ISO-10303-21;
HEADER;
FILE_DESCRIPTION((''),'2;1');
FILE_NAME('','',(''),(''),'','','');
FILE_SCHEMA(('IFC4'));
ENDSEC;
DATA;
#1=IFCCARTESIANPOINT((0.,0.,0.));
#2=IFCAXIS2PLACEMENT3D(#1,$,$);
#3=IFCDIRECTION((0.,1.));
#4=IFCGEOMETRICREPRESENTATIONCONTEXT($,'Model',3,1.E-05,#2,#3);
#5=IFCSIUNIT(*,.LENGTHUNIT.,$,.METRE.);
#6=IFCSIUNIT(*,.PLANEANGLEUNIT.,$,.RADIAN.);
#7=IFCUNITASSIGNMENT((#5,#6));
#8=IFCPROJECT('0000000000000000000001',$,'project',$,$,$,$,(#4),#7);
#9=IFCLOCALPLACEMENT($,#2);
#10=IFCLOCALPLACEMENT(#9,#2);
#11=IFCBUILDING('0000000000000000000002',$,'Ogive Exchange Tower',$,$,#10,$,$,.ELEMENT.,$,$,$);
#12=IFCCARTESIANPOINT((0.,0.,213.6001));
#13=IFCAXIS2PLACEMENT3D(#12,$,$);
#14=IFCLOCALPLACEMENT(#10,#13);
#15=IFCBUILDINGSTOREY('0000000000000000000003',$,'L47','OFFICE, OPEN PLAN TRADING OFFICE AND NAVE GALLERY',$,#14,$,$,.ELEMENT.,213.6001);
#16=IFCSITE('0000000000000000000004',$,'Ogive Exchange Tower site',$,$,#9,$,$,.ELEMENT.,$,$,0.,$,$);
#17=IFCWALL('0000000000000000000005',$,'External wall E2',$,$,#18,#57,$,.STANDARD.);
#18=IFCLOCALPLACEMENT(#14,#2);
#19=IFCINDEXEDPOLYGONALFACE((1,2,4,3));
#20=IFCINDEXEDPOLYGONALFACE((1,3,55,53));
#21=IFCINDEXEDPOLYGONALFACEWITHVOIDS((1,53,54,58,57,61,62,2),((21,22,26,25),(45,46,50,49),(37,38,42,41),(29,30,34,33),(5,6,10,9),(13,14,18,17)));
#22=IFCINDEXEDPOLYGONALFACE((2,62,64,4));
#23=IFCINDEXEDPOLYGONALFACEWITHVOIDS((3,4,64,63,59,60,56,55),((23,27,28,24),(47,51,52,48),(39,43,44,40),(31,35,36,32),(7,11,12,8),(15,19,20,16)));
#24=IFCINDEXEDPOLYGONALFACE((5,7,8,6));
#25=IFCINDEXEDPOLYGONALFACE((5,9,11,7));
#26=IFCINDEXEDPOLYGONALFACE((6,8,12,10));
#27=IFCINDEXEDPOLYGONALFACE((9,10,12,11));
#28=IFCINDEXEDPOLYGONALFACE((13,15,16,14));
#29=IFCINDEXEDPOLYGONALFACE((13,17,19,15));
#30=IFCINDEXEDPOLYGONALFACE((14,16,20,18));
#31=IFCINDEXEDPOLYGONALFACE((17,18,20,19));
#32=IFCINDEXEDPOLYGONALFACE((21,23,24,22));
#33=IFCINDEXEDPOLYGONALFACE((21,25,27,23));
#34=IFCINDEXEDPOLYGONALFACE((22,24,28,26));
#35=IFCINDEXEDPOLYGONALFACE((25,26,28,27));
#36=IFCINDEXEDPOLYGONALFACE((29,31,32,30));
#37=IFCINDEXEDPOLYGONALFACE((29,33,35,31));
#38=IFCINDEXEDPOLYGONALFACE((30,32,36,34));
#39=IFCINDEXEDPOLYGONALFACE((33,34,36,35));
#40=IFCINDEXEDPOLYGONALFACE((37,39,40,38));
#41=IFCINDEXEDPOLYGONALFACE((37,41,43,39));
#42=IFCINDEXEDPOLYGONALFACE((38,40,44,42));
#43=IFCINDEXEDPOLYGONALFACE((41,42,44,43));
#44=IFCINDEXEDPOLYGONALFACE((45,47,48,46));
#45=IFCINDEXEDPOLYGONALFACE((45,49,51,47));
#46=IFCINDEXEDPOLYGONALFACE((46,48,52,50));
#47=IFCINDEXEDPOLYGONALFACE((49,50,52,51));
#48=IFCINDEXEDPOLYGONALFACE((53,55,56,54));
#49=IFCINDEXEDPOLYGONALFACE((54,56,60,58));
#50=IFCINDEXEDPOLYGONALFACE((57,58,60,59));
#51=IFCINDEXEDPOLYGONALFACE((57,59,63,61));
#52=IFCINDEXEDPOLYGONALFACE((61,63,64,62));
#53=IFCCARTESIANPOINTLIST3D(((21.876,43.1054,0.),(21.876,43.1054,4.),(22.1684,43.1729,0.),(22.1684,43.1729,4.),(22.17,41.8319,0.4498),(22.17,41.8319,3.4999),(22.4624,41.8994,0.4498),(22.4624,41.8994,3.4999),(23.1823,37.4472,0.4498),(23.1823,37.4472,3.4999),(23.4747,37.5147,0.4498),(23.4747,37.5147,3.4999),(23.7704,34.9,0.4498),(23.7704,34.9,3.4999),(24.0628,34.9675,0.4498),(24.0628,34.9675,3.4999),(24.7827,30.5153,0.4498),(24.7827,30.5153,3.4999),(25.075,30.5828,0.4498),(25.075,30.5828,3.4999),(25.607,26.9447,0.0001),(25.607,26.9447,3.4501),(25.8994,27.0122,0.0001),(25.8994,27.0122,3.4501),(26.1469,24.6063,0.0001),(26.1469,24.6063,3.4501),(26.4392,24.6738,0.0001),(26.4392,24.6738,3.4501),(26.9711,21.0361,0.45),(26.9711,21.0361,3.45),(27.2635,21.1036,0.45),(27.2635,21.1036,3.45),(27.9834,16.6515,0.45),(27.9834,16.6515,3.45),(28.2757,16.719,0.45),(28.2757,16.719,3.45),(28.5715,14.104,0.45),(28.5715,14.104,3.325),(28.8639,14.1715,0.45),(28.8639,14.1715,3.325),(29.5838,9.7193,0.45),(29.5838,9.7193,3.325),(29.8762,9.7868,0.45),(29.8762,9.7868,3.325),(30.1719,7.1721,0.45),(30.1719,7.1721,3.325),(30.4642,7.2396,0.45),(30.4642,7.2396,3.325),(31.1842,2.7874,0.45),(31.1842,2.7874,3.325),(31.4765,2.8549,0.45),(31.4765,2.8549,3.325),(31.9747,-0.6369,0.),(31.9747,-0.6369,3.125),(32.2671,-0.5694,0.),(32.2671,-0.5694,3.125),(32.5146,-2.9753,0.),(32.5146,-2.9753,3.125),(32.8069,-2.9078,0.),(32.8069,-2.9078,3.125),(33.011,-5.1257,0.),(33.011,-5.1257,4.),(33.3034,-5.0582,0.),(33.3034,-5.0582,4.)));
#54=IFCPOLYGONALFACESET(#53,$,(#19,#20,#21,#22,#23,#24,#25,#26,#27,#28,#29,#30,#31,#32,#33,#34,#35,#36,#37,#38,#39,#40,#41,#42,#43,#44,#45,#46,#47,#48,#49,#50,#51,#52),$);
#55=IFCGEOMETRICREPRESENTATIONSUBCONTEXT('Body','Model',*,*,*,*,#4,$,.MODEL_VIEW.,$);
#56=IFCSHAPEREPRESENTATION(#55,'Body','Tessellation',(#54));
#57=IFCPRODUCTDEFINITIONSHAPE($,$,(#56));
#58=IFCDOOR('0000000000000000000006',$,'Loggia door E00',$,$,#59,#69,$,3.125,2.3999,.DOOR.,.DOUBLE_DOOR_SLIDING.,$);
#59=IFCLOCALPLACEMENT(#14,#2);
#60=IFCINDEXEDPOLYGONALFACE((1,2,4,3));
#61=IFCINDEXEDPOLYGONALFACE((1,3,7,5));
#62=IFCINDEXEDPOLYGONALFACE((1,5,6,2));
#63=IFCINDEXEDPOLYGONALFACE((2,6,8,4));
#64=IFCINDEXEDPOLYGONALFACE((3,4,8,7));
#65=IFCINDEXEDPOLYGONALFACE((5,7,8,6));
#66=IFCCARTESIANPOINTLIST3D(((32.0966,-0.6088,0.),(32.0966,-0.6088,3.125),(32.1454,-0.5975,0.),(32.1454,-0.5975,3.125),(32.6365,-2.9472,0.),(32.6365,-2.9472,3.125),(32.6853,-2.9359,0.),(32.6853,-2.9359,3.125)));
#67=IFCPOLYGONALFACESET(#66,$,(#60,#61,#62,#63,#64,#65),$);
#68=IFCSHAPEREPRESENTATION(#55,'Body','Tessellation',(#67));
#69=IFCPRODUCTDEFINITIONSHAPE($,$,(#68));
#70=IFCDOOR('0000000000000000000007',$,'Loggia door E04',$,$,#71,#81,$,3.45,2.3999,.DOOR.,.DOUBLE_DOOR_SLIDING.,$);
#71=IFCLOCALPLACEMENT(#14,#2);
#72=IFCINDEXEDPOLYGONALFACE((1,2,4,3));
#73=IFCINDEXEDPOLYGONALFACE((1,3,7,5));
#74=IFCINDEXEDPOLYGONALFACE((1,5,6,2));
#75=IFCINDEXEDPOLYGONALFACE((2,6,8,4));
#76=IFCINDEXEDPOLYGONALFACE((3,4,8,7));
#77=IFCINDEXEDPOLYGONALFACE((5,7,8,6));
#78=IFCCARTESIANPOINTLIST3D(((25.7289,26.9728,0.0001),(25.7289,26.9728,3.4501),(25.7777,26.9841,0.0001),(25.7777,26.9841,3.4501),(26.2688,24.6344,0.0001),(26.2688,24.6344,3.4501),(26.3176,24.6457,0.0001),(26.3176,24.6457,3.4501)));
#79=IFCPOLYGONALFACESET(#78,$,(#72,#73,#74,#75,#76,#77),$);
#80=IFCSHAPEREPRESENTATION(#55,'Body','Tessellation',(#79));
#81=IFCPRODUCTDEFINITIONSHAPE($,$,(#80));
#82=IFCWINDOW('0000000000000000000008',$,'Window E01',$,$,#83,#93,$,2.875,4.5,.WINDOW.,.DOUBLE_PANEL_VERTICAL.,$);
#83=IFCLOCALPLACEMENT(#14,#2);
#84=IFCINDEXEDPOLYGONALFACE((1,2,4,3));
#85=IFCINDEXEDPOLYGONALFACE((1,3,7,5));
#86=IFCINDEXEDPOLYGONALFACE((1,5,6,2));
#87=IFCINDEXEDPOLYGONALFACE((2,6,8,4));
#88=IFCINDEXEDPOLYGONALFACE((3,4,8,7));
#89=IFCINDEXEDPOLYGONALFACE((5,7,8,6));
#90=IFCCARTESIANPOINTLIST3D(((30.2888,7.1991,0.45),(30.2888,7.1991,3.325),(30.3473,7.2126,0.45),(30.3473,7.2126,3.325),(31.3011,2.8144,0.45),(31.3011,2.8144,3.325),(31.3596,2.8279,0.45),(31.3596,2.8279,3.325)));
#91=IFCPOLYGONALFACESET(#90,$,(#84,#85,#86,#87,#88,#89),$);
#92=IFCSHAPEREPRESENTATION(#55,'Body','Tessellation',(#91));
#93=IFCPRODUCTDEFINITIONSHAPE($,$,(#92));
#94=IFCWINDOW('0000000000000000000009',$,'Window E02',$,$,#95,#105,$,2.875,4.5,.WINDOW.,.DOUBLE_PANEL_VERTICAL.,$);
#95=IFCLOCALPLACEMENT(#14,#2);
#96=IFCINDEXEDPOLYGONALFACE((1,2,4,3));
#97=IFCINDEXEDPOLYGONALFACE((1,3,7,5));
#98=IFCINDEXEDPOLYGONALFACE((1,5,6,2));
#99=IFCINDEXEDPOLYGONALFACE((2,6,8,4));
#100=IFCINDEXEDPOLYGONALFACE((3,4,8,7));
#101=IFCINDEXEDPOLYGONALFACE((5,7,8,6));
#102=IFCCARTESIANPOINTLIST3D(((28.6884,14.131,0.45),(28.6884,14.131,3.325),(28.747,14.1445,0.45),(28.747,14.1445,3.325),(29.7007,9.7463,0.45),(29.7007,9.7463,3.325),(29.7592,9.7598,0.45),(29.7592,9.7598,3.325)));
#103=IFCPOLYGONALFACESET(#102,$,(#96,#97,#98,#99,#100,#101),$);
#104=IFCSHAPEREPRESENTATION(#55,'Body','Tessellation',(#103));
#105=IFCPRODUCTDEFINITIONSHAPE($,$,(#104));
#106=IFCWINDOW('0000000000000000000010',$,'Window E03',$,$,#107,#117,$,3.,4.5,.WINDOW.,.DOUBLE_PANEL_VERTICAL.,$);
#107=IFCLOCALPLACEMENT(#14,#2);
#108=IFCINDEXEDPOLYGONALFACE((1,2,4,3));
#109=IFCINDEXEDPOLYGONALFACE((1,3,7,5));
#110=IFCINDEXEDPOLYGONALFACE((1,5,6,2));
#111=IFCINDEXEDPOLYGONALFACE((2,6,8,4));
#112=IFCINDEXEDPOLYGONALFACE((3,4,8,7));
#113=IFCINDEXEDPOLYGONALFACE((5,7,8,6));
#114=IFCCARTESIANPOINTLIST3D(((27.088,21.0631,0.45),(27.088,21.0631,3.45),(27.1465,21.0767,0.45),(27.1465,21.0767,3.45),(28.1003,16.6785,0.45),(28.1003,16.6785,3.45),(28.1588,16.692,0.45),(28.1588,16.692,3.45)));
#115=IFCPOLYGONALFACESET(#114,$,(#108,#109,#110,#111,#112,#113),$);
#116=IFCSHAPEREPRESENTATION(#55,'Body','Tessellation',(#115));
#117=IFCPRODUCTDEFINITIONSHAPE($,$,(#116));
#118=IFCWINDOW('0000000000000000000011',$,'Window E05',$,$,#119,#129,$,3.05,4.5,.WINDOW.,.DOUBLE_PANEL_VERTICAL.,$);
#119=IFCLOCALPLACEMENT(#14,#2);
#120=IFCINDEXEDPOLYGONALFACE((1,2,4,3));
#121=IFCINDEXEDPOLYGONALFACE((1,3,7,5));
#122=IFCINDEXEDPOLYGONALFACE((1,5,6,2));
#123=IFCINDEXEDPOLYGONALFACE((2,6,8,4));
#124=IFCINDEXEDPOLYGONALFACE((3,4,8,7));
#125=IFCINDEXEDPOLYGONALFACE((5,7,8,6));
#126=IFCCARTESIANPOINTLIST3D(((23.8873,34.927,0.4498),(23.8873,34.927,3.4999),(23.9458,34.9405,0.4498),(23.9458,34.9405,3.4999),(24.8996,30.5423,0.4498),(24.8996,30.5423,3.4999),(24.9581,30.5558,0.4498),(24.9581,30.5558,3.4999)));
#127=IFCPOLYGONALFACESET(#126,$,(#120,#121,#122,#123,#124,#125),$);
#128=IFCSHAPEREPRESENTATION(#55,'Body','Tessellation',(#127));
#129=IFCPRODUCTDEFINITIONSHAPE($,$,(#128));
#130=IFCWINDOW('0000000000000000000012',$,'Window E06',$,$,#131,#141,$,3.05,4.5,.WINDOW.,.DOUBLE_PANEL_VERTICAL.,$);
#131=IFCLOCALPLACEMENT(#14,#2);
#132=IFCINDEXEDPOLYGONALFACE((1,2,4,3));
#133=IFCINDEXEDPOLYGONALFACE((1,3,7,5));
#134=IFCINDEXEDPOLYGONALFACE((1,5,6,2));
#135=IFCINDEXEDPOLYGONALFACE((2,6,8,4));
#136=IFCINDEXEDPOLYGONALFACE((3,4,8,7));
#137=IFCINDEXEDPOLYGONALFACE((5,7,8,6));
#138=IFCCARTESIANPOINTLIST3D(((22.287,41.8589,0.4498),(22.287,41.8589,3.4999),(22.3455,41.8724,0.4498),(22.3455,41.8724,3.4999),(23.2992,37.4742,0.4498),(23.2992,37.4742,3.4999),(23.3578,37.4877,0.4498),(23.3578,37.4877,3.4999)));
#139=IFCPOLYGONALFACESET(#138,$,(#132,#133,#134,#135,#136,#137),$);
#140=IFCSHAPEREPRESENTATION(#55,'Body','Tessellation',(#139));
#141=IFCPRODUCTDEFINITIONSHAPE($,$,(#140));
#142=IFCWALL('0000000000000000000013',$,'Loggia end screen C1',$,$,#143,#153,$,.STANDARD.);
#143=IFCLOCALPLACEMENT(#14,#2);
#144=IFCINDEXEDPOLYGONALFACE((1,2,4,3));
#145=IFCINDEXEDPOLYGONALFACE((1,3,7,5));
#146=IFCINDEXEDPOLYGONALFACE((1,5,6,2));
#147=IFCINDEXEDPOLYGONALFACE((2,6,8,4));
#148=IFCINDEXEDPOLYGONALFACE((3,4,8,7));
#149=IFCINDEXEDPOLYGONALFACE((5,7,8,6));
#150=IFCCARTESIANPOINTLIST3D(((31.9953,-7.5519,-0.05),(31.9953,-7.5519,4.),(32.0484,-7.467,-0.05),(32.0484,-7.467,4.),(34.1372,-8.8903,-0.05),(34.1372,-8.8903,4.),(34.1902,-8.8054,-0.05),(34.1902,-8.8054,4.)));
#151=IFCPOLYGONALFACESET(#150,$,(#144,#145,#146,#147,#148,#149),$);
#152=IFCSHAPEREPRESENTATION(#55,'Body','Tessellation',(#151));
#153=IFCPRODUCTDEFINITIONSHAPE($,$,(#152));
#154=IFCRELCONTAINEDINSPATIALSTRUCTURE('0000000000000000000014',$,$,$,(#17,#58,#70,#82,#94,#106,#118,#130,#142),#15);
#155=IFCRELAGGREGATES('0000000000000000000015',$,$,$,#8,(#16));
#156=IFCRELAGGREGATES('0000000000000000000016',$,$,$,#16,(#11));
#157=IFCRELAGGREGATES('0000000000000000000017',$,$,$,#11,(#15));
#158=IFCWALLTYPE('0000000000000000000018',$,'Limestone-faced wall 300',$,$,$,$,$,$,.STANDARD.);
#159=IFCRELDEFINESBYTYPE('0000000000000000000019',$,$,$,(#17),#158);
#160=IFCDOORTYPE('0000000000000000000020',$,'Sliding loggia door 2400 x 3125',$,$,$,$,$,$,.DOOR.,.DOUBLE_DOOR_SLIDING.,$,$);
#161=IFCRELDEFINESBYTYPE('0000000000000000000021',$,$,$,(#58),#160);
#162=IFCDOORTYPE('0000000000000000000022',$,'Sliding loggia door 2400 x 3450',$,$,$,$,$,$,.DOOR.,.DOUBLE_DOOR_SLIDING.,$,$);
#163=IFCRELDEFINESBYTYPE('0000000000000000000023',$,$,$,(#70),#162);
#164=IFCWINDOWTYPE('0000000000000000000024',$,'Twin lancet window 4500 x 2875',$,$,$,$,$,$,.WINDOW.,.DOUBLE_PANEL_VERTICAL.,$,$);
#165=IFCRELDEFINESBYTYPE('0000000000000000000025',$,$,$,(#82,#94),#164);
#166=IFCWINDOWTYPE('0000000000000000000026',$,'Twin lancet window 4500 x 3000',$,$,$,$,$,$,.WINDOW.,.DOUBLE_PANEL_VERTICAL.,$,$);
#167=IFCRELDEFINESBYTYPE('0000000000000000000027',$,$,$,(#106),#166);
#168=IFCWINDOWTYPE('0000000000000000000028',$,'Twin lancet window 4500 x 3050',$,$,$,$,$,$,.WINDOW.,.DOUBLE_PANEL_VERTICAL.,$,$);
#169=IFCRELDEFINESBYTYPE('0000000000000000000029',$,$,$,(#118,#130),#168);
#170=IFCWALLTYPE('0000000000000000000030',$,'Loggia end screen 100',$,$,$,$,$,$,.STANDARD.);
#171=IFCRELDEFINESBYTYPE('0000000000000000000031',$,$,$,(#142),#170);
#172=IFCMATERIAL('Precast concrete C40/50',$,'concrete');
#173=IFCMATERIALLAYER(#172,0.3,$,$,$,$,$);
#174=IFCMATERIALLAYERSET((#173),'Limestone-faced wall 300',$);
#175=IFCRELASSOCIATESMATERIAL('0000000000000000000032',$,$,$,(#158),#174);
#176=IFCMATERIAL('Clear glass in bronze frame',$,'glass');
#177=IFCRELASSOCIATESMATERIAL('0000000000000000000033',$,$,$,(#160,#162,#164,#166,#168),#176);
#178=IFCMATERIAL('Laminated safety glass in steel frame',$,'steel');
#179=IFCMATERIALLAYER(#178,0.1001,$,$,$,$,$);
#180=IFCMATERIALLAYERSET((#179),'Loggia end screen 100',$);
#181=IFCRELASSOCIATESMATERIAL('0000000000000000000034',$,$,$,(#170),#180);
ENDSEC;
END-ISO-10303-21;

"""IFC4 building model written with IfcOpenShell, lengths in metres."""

from ifc_helpers import new_model, si_unit, direction, frame, frame_2d, origin, place, context, subcontext, project, spatial, rectangle, extrude, material, layer, layer_set, type_object, element, fill, save


model = new_model("IFC4")

# Units and contexts
model_context = context("Model", 3, precision=1e-05, world=origin(), true_north=direction((0.0, 1.0)))
body_context = subcontext(model_context, "Body", "Model", "MODEL_VIEW")
ifc_project = project(units=[si_unit("LENGTHUNIT", "METRE"), si_unit("PLANEANGLEUNIT", "RADIAN")], contexts=[model_context])

# Site, building, storey
site_placement = place(None, origin())
site = spatial("IfcSite", under=ifc_project, at=site_placement, Name="Ogive Exchange Tower site", CompositionType="ELEMENT", RefElevation=0.0)
building_placement = place(site_placement, origin())
building = spatial("IfcBuilding", under=site, at=building_placement, Name="Ogive Exchange Tower", CompositionType="ELEMENT")
storey_placement = place(building_placement, frame((0.0, 0.0, 213.6001)))
storey = spatial("IfcBuildingStorey", under=building, at=storey_placement, Name="L47", Description="OFFICE, OPEN PLAN TRADING OFFICE AND NAVE GALLERY", CompositionType="ELEMENT", Elevation=213.6001)

# Wall, openings, doors, windows
ifc_material_1 = material(Name="Precast concrete C40/50", Category="concrete")
ifc_layer_1 = layer(ifc_material_1, 0.3)
ifc_layer_set_1 = layer_set([ifc_layer_1], Name="Limestone-faced wall 300")
wall_type_1 = type_object("IfcWallType", Name="Limestone-faced wall 300", PredefinedType="STANDARD", material=ifc_layer_set_1)
wall_1_placement = place(storey_placement, frame((33.1572, -5.092, 0.0), z_axis=(0.0, 0.0, 1.0), x_axis=(-0.22495, 0.97437, 0.0)))
wall_1 = element("IfcWall", 1, at=wall_1_placement, inside=storey, type_object=wall_type_1, Name="External wall E2", PredefinedType="STANDARD", context=body_context, shape_type="SweptSolid", body=[
    extrude(rectangle(XDim=49.4998, YDim=0.3, at=frame_2d((24.75, 0.0))), origin(), (0.0, 0.0, 1.0), 4.0),
])
opening_1_placement = place(wall_1_placement, frame((2.207, 0.0, 0.0)))
opening_1 = element("IfcOpeningElement", 2, at=opening_1_placement, cuts=wall_1, PredefinedType="OPENING", context=body_context, shape_type="SweptSolid", body=[
    extrude(rectangle(XDim=2.3999, YDim=3.125, at=frame_2d((1.2, 1.5625))), frame((0.0, 0.1599, 0.0), z_axis=(0.0, -1.0, 0.0), x_axis=(1.0, 0.0, 0.0)), (0.0, 0.0, 1.0), 0.3201),
])
opening_2_placement = place(wall_1_placement, frame((8.1213, 0.0, 0.45)))
opening_2 = element("IfcOpeningElement", 3, at=opening_2_placement, cuts=wall_1, PredefinedType="OPENING", context=body_context, shape_type="SweptSolid", body=[
    extrude(rectangle(XDim=4.5, YDim=2.875, at=frame_2d((2.25, 1.4375))), frame((0.0, 0.1599, 0.0), z_axis=(0.0, -1.0, 0.0), x_axis=(1.0, 0.0, 0.0)), (0.0, 0.0, 1.0), 0.3201),
])
opening_3_placement = place(wall_1_placement, frame((15.2356, 0.0, 0.45)))
opening_3 = element("IfcOpeningElement", 4, at=opening_3_placement, cuts=wall_1, PredefinedType="OPENING", context=body_context, shape_type="SweptSolid", body=[
    extrude(rectangle(XDim=4.5, YDim=2.875, at=frame_2d((2.25, 1.4375))), frame((0.0, 0.1599, 0.0), z_axis=(0.0, -1.0, 0.0), x_axis=(1.0, 0.0, 0.0)), (0.0, 0.0, 1.0), 0.3201),
])
opening_4_placement = place(wall_1_placement, frame((22.3501, 0.0, 0.45)))
opening_4 = element("IfcOpeningElement", 5, at=opening_4_placement, cuts=wall_1, PredefinedType="OPENING", context=body_context, shape_type="SweptSolid", body=[
    extrude(rectangle(XDim=4.5, YDim=3.0, at=frame_2d((2.25, 1.5))), frame((0.0, 0.1599, 0.0), z_axis=(0.0, -1.0, 0.0), x_axis=(1.0, 0.0, 0.0)), (0.0, 0.0, 1.0), 0.3201),
])
opening_5_placement = place(wall_1_placement, frame((30.5142, 0.0, 0.0)))
opening_5 = element("IfcOpeningElement", 6, at=opening_5_placement, cuts=wall_1, PredefinedType="OPENING", context=body_context, shape_type="SweptSolid", body=[
    extrude(rectangle(XDim=2.3999, YDim=3.45, at=frame_2d((1.2, 1.7251))), frame((0.0, 0.1599, 0.0), z_axis=(0.0, -1.0, 0.0), x_axis=(1.0, 0.0, 0.0)), (0.0, 0.0, 1.0), 0.3201),
])
opening_6_placement = place(wall_1_placement, frame((36.5786, 0.0, 0.45)))
opening_6 = element("IfcOpeningElement", 7, at=opening_6_placement, cuts=wall_1, PredefinedType="OPENING", context=body_context, shape_type="SweptSolid", body=[
    extrude(rectangle(XDim=4.5, YDim=3.05, at=frame_2d((2.25, 1.5249))), frame((0.0, 0.1599, 0.0), z_axis=(0.0, -1.0, 0.0), x_axis=(1.0, 0.0, 0.0)), (0.0, 0.0, 1.0), 0.3201),
])
opening_7_placement = place(wall_1_placement, frame((43.6929, 0.0, 0.45)))
opening_7 = element("IfcOpeningElement", 8, at=opening_7_placement, cuts=wall_1, PredefinedType="OPENING", context=body_context, shape_type="SweptSolid", body=[
    extrude(rectangle(XDim=4.5, YDim=3.05, at=frame_2d((2.25, 1.5249))), frame((0.0, 0.1599, 0.0), z_axis=(0.0, -1.0, 0.0), x_axis=(1.0, 0.0, 0.0)), (0.0, 0.0, 1.0), 0.3201),
])
ifc_material_2 = material(Name="Clear glass in bronze frame", Category="glass")
door_type_1 = type_object("IfcDoorType", Name="Sliding loggia door 2400 x 3125", OperationType="DOUBLE_DOOR_SLIDING", PredefinedType="DOOR", material=ifc_material_2)
door_1_placement = place(opening_1_placement, origin())
door_1 = element("IfcDoor", 9, at=door_1_placement, inside=storey, type_object=door_type_1, Name="Loggia door E00", OperationType="DOUBLE_DOOR_SLIDING", OverallHeight=3.125, OverallWidth=2.3999, PredefinedType="DOOR", context=body_context, shape_type="SweptSolid", body=[
    extrude(rectangle(XDim=2.3999, YDim=3.125, at=frame_2d((1.2, 1.5625))), frame((0.0, 0.0249, 0.0), z_axis=(0.0, -1.0, 0.0), x_axis=(1.0, 0.0, 0.0)), (0.0, 0.0, 1.0), 0.05),
])
fill(opening_1, door_1)
door_type_2 = type_object("IfcDoorType", Name="Sliding loggia door 2400 x 3450", OperationType="DOUBLE_DOOR_SLIDING", PredefinedType="DOOR", material=ifc_material_2)
door_2_placement = place(opening_5_placement, origin())
door_2 = element("IfcDoor", 10, at=door_2_placement, inside=storey, type_object=door_type_2, Name="Loggia door E04", OperationType="DOUBLE_DOOR_SLIDING", OverallHeight=3.45, OverallWidth=2.3999, PredefinedType="DOOR", context=body_context, shape_type="SweptSolid", body=[
    extrude(rectangle(XDim=2.3999, YDim=3.45, at=frame_2d((1.2, 1.7251))), frame((0.0, 0.0249, 0.0), z_axis=(0.0, -1.0, 0.0), x_axis=(1.0, 0.0, 0.0)), (0.0, 0.0, 1.0), 0.05),
])
fill(opening_5, door_2)
window_type_1 = type_object("IfcWindowType", Name="Twin lancet window 4500 x 2875", PartitioningType="DOUBLE_PANEL_VERTICAL", PredefinedType="WINDOW", material=ifc_material_2)
window_1_placement = place(opening_2_placement, origin())
window_1 = element("IfcWindow", 11, at=window_1_placement, inside=storey, type_object=window_type_1, Name="Window E01", OverallHeight=2.875, OverallWidth=4.5, PartitioningType="DOUBLE_PANEL_VERTICAL", PredefinedType="WINDOW", context=body_context, shape_type="SweptSolid", body=[
    extrude(rectangle(XDim=4.5, YDim=2.875, at=frame_2d((2.25, 1.4375))), frame((0.0, 0.03, 0.0), z_axis=(0.0, -1.0, 0.0), x_axis=(1.0, 0.0, 0.0)), (0.0, 0.0, 1.0), 0.0601),
])
fill(opening_2, window_1)
window_2_placement = place(opening_3_placement, origin())
window_2 = element("IfcWindow", 12, at=window_2_placement, inside=storey, type_object=window_type_1, Name="Window E02", OverallHeight=2.875, OverallWidth=4.5, PartitioningType="DOUBLE_PANEL_VERTICAL", PredefinedType="WINDOW", context=body_context, shape_type="SweptSolid", body=[
    extrude(rectangle(XDim=4.5, YDim=2.875, at=frame_2d((2.25, 1.4375))), frame((0.0, 0.03, 0.0), z_axis=(0.0, -1.0, 0.0), x_axis=(1.0, 0.0, 0.0)), (0.0, 0.0, 1.0), 0.0601),
])
fill(opening_3, window_2)
window_type_2 = type_object("IfcWindowType", Name="Twin lancet window 4500 x 3000", PartitioningType="DOUBLE_PANEL_VERTICAL", PredefinedType="WINDOW", material=ifc_material_2)
window_3_placement = place(opening_4_placement, origin())
window_3 = element("IfcWindow", 13, at=window_3_placement, inside=storey, type_object=window_type_2, Name="Window E03", OverallHeight=3.0, OverallWidth=4.5, PartitioningType="DOUBLE_PANEL_VERTICAL", PredefinedType="WINDOW", context=body_context, shape_type="SweptSolid", body=[
    extrude(rectangle(XDim=4.5, YDim=3.0, at=frame_2d((2.25, 1.5))), frame((0.0, 0.03, 0.0), z_axis=(0.0, -1.0, 0.0), x_axis=(1.0, 0.0, 0.0)), (0.0, 0.0, 1.0), 0.0601),
])
fill(opening_4, window_3)
window_type_3 = type_object("IfcWindowType", Name="Twin lancet window 4500 x 3050", PartitioningType="DOUBLE_PANEL_VERTICAL", PredefinedType="WINDOW", material=ifc_material_2)
window_4_placement = place(opening_6_placement, origin())
window_4 = element("IfcWindow", 14, at=window_4_placement, inside=storey, type_object=window_type_3, Name="Window E05", OverallHeight=3.05, OverallWidth=4.5, PartitioningType="DOUBLE_PANEL_VERTICAL", PredefinedType="WINDOW", context=body_context, shape_type="SweptSolid", body=[
    extrude(rectangle(XDim=4.5, YDim=3.05, at=frame_2d((2.25, 1.5249))), frame((0.0, 0.03, 0.0), z_axis=(0.0, -1.0, 0.0), x_axis=(1.0, 0.0, 0.0)), (0.0, 0.0, 1.0), 0.0601),
])
fill(opening_6, window_4)
window_5_placement = place(opening_7_placement, origin())
window_5 = element("IfcWindow", 15, at=window_5_placement, inside=storey, type_object=window_type_3, Name="Window E06", OverallHeight=3.05, OverallWidth=4.5, PartitioningType="DOUBLE_PANEL_VERTICAL", PredefinedType="WINDOW", context=body_context, shape_type="SweptSolid", body=[
    extrude(rectangle(XDim=4.5, YDim=3.05, at=frame_2d((2.25, 1.5249))), frame((0.0, 0.03, 0.0), z_axis=(0.0, -1.0, 0.0), x_axis=(1.0, 0.0, 0.0)), (0.0, 0.0, 1.0), 0.0601),
])
fill(opening_7, window_5)

# Wall
ifc_material_3 = material(Name="Laminated safety glass in steel frame", Category="steel")
ifc_layer_2 = layer(ifc_material_3, 0.1001)
ifc_layer_set_2 = layer_set([ifc_layer_2], Name="Loggia end screen 100")
wall_type_2 = type_object("IfcWallType", Name="Loggia end screen 100", PredefinedType="STANDARD", material=ifc_layer_set_2)
wall_2_placement = place(storey_placement, frame((32.022, -7.5095, -0.05), z_axis=(0.0, 0.0, 1.0), x_axis=(0.848047, -0.529921, 0.0)))
element("IfcWall", 16, at=wall_2_placement, inside=storey, type_object=wall_type_2, Name="Loggia end screen C1", PredefinedType="STANDARD", context=body_context, shape_type="SweptSolid", body=[
    extrude(rectangle(XDim=2.5256, YDim=0.1001, at=frame_2d((1.2627, 0.0))), origin(), (0.0, 0.0, 1.0), 4.05),
])

save(model, "model.ifc")
